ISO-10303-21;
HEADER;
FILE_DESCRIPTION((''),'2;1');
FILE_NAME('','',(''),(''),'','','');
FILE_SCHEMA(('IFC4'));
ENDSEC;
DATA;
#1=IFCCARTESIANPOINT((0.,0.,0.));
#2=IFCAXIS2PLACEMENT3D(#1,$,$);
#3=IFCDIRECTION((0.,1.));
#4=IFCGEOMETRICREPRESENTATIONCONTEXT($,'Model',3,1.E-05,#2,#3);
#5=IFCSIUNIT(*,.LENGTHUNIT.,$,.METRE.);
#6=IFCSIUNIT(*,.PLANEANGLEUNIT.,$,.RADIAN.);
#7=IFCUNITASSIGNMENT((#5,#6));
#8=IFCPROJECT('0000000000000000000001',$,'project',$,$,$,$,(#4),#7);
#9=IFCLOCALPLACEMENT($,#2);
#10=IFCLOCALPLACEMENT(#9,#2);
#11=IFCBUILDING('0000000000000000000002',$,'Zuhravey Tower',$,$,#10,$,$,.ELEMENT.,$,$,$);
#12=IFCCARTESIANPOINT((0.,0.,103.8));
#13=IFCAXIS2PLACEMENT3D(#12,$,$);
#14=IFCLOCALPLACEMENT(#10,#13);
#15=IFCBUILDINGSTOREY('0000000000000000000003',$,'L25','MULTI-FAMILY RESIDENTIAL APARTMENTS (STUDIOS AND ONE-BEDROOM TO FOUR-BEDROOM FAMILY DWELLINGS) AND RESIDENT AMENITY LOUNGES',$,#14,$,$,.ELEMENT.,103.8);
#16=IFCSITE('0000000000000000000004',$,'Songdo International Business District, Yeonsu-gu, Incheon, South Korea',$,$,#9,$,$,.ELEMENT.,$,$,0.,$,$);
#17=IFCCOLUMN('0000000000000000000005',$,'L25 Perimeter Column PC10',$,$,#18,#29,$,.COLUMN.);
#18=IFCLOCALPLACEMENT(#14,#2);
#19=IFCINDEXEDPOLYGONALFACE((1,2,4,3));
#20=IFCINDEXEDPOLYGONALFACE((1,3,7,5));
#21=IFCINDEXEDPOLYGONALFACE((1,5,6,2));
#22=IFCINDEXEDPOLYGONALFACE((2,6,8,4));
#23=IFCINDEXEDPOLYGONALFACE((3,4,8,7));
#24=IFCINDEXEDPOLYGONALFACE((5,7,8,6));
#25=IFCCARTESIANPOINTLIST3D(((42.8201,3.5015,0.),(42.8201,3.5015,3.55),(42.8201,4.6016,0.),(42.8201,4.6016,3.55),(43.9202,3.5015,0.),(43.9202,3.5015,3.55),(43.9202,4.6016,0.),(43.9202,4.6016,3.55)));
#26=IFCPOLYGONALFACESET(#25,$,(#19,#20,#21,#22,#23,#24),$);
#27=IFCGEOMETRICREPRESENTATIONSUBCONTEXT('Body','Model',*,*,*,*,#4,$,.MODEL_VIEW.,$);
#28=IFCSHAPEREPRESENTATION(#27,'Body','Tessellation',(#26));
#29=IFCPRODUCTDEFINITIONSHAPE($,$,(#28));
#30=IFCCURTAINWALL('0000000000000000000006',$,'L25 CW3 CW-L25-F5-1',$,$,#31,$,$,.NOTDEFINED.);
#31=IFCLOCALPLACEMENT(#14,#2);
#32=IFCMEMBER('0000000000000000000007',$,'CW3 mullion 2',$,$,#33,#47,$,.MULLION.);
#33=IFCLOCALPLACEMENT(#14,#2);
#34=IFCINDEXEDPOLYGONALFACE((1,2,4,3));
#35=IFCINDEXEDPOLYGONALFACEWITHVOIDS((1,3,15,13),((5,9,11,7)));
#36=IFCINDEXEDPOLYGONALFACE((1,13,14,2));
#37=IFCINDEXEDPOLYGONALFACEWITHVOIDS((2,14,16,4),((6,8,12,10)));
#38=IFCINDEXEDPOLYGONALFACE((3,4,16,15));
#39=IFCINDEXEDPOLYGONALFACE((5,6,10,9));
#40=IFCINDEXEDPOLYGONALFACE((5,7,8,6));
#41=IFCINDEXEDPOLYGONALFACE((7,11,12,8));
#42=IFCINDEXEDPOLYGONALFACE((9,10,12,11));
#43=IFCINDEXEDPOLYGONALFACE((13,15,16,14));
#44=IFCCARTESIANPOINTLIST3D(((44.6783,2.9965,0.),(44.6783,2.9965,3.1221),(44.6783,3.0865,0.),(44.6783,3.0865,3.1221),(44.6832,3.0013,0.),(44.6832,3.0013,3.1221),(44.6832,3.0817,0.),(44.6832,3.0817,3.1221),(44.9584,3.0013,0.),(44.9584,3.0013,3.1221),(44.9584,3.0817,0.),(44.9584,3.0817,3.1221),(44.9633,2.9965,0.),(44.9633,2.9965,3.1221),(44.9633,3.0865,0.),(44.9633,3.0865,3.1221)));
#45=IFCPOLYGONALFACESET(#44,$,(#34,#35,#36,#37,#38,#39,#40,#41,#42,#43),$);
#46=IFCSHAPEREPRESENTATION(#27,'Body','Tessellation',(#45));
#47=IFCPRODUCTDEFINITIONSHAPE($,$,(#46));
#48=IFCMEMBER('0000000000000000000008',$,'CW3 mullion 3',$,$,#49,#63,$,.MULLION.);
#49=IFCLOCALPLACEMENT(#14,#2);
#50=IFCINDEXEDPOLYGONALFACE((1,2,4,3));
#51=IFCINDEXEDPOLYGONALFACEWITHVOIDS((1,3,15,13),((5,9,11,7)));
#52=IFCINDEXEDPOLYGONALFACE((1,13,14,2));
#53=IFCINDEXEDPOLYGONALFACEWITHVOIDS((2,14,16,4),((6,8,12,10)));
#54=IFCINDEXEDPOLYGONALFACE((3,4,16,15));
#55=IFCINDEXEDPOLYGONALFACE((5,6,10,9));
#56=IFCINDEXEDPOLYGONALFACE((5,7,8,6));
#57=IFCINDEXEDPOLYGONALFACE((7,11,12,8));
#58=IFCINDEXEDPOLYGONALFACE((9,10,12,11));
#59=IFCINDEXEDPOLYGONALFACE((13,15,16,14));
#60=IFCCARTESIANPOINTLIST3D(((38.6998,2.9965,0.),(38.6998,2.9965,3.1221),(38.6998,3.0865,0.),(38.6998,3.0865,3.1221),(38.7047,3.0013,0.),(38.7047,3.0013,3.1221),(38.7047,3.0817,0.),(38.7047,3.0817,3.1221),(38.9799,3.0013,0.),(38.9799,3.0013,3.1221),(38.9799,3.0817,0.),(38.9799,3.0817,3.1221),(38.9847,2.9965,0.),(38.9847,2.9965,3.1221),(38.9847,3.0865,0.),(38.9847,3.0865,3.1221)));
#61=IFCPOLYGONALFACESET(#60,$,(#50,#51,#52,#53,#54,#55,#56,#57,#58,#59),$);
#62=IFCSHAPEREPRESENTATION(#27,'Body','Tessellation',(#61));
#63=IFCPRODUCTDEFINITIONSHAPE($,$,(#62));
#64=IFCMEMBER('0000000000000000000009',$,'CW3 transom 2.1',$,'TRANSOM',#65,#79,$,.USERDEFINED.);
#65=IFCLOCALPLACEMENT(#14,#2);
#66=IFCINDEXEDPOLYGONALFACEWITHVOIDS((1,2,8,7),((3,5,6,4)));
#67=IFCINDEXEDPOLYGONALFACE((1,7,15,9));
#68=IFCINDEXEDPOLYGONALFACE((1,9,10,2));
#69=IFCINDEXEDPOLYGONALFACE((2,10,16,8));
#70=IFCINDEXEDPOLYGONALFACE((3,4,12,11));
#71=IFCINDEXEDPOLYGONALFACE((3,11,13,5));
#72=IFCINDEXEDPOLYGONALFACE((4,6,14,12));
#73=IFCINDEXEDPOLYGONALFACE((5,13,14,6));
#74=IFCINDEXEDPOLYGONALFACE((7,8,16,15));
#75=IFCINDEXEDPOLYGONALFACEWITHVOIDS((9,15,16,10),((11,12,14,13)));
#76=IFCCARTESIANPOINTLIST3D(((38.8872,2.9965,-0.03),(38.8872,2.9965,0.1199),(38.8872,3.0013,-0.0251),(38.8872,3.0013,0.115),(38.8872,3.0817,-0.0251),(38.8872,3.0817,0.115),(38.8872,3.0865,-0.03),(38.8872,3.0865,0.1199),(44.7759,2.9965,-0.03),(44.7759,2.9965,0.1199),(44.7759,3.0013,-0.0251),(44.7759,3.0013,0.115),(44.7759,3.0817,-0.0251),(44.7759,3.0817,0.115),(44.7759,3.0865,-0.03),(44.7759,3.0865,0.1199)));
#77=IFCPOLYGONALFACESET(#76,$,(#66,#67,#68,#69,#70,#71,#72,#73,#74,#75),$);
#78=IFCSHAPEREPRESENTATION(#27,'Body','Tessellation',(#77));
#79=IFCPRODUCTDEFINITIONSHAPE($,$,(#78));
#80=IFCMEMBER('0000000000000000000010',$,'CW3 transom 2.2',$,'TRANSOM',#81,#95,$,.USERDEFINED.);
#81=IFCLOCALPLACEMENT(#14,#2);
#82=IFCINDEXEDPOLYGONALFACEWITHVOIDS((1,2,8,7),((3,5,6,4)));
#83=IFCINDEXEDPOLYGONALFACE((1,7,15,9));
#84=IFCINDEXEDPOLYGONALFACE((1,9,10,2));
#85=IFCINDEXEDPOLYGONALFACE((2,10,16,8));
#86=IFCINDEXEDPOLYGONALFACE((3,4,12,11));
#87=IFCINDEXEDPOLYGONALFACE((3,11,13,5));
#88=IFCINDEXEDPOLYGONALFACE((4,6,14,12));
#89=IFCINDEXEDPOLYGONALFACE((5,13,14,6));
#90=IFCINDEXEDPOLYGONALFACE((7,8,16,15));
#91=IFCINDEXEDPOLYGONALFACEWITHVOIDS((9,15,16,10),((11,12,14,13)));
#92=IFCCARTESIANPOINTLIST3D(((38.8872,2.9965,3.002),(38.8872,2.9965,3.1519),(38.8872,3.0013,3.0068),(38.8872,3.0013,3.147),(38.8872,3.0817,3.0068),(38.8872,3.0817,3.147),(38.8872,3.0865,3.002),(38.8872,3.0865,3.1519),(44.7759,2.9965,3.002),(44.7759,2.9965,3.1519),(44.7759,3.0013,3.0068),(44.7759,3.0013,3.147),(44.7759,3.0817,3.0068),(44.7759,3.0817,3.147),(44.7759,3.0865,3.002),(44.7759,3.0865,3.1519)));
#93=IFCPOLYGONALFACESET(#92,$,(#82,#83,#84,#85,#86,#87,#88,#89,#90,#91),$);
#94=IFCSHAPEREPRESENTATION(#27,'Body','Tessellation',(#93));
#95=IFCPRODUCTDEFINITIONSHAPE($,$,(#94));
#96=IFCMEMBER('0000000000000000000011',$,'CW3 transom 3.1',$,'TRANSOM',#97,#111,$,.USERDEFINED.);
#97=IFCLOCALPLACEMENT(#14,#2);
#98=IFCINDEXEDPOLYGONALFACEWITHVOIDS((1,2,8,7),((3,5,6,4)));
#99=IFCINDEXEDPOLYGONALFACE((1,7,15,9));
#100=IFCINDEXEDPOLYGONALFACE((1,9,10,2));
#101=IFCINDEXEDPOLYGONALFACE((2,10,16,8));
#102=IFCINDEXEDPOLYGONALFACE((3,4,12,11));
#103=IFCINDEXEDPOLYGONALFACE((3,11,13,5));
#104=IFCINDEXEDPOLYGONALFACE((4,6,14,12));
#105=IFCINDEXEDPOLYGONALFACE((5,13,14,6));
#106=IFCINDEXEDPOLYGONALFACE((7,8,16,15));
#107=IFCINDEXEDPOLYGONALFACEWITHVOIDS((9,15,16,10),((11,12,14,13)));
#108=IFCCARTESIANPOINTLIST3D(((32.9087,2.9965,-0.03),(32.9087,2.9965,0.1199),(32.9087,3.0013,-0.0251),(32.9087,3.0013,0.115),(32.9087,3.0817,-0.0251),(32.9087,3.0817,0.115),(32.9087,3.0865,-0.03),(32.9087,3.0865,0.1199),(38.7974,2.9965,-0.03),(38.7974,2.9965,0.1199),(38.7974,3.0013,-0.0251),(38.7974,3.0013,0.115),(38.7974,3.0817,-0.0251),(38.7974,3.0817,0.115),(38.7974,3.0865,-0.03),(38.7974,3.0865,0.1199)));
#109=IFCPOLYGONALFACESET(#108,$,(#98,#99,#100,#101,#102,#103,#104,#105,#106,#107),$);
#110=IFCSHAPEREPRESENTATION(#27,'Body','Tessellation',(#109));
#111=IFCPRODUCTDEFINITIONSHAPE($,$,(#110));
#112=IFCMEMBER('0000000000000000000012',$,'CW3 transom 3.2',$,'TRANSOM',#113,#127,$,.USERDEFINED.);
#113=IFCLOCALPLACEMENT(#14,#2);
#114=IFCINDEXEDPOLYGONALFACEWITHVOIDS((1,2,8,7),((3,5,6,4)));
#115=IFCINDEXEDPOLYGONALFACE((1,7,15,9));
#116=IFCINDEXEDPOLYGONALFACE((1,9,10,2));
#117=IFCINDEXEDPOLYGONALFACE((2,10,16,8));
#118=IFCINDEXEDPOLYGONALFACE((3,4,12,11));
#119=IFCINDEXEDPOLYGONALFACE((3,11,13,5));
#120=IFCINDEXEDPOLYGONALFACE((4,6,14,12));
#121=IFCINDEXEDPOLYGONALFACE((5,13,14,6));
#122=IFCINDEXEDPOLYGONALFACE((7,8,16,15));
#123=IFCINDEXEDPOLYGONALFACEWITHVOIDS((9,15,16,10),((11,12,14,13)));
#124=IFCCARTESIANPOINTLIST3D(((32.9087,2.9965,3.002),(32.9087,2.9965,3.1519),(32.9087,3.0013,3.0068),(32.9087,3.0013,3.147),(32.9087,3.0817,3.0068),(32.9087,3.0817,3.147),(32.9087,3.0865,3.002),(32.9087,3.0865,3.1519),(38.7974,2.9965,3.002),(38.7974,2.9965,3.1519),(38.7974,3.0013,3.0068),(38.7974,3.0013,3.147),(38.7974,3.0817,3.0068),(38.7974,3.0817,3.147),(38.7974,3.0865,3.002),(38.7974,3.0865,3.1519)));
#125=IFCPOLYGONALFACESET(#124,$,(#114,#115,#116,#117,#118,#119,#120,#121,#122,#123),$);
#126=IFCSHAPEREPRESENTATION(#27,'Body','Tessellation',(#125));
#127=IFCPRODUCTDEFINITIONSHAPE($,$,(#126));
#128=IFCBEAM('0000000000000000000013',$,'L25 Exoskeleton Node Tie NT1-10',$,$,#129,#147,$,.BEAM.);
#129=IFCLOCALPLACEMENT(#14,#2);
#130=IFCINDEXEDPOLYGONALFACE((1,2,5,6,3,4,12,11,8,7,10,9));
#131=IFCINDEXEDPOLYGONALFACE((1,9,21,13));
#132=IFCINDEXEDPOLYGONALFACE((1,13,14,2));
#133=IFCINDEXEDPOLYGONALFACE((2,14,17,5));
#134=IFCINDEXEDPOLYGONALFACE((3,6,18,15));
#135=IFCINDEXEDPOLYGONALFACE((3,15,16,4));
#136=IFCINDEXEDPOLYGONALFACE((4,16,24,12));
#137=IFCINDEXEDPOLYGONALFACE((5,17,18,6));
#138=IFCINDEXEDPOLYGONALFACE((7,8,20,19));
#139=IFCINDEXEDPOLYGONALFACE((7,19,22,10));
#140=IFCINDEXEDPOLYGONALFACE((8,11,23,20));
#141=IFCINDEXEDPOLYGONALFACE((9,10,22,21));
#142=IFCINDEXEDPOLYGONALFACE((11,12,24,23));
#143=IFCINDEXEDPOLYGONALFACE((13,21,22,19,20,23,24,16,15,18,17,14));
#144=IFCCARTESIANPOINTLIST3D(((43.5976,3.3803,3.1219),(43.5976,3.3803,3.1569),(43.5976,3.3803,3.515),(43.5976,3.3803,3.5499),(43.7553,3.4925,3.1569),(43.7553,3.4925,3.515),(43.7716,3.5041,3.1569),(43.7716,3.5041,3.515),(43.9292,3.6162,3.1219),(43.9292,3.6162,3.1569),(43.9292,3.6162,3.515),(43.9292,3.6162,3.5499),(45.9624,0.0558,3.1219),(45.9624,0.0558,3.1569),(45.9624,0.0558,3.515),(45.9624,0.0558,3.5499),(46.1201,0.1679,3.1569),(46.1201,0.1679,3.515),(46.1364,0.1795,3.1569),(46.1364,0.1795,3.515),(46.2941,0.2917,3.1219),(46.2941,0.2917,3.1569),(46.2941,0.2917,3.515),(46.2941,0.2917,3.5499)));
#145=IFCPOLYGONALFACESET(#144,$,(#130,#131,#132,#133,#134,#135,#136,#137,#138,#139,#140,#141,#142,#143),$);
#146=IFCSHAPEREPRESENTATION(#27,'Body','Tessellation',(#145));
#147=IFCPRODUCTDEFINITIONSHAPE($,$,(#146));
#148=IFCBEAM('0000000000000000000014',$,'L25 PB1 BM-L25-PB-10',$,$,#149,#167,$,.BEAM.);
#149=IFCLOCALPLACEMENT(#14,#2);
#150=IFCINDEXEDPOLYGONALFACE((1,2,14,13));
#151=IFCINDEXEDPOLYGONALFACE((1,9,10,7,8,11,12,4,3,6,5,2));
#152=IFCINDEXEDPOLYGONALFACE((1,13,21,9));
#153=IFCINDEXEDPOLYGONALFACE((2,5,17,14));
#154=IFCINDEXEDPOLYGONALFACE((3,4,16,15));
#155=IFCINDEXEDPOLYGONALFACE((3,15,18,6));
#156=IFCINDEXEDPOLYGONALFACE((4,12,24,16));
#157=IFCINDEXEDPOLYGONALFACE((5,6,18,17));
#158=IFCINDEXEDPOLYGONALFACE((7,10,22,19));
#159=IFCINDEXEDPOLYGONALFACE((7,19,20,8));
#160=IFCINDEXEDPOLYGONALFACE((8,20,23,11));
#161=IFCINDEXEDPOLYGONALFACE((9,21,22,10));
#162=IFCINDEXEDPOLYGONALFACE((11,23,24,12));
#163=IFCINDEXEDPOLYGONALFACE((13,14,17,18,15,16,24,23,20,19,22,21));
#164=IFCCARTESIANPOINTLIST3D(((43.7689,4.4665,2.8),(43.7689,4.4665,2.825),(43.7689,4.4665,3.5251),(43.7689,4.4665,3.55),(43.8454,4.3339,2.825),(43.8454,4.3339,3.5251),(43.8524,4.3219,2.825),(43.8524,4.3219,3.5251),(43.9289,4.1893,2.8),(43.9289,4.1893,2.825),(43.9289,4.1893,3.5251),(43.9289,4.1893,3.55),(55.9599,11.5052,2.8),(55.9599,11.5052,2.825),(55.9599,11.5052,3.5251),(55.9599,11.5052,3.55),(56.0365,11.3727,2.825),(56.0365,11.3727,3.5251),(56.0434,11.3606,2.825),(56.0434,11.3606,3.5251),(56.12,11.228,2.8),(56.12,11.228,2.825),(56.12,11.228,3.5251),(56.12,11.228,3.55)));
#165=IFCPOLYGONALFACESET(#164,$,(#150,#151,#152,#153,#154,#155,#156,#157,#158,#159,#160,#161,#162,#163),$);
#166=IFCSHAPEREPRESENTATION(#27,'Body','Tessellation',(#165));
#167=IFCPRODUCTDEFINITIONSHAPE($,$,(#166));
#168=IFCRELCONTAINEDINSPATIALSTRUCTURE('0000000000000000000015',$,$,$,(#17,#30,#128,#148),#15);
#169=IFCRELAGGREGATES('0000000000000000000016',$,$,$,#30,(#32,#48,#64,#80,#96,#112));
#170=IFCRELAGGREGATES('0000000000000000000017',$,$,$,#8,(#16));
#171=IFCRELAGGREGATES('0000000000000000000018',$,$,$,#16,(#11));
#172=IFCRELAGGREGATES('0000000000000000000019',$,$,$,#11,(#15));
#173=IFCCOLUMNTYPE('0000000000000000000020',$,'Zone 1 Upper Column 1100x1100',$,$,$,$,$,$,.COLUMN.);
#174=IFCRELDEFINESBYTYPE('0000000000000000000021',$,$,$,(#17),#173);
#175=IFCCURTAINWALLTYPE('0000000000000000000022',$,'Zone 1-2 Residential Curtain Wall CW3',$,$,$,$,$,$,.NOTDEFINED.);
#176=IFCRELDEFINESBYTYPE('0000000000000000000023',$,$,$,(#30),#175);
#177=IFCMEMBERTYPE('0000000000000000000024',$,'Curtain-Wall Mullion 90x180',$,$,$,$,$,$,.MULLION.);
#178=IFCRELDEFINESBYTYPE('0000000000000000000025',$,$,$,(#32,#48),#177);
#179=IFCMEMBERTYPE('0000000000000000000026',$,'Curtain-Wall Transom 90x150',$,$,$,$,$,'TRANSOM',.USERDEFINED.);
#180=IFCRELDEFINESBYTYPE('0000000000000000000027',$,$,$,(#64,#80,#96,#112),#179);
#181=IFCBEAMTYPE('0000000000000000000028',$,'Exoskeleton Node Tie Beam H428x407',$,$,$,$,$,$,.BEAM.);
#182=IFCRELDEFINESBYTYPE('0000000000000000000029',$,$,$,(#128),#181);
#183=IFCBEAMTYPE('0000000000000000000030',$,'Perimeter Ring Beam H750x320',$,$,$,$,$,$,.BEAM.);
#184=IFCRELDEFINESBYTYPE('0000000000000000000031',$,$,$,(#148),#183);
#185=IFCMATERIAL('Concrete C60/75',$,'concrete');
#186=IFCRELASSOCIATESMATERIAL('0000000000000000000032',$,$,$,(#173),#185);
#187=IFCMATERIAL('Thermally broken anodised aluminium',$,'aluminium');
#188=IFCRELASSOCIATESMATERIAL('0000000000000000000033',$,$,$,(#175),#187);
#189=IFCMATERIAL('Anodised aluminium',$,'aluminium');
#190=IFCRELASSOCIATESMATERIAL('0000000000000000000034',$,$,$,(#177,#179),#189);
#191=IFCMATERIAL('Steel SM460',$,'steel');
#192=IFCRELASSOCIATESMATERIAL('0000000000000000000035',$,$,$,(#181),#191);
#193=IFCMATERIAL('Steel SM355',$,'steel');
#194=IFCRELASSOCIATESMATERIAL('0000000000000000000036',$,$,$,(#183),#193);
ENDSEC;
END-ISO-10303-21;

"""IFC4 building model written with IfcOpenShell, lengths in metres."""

from ifc_helpers import new_model, si_unit, direction, frame, origin, origin_2d, place, context, subcontext, project, spatial, rectangle, hollow_rectangle, i_section, extrude, material, material_profile, profile_set, type_object, element, aggregate, save


model = new_model("IFC4")

# Units and contexts
model_context = context("Model", 3, precision=1e-05, world=origin(), true_north=direction((0.0, 1.0)))
body_context = subcontext(model_context, "Body", "Model", "MODEL_VIEW")
ifc_project = project(units=[si_unit("LENGTHUNIT", "METRE"), si_unit("PLANEANGLEUNIT", "RADIAN")], contexts=[model_context])

# Site, building, storey
site_placement = place(None, origin())
site = spatial("IfcSite", under=ifc_project, at=site_placement, Name="Songdo International Business District, Yeonsu-gu, Incheon, South Korea", CompositionType="ELEMENT", RefElevation=0.0)
building_placement = place(site_placement, origin())
building = spatial("IfcBuilding", under=site, at=building_placement, Name="Zuhravey Tower", CompositionType="ELEMENT")
storey_placement = place(building_placement, frame((0.0, 0.0, 103.8)))
storey = spatial("IfcBuildingStorey", under=building, at=storey_placement, Name="L25", Description="MULTI-FAMILY RESIDENTIAL APARTMENTS (STUDIOS AND ONE-BEDROOM TO FOUR-BEDROOM FAMILY DWELLINGS) AND RESIDENT AMENITY LOUNGES", CompositionType="ELEMENT", Elevation=103.8)

# Column
ifc_material_1 = material(Name="Concrete C60/75", Category="concrete")
ifc_material_profile_1 = material_profile(ifc_material_1, rectangle(XDim=1.1001, YDim=1.1001, at=origin_2d()), Name="RC-1100x1100")
ifc_profile_set_1 = profile_set([ifc_material_profile_1], Name="Concrete C60/75")
column_type = type_object("IfcColumnType", Name="Zone 1 Upper Column 1100x1100", PredefinedType="COLUMN", material=ifc_profile_set_1)
column_placement = place(storey_placement, frame((43.3701, 4.0515, 0.0), z_axis=(0.0, 0.0, 1.0), x_axis=(1.0, 0.0, 0.0)))
element("IfcColumn", 1, at=column_placement, inside=storey, type_object=column_type, Name="L25 Perimeter Column PC10", PredefinedType="COLUMN", context=body_context, shape_type="SweptSolid", body=[
    extrude(rectangle(XDim=1.1001, YDim=1.1001, at=origin_2d()), origin(), (0.0, 0.0, 1.0), 3.55),
])

# Curtain wall, members
ifc_material_2 = material(Name="Thermally broken anodised aluminium", Category="aluminium")
curtain_wall_type = type_object("IfcCurtainWallType", Name="Zone 1-2 Residential Curtain Wall CW3", PredefinedType="NOTDEFINED", material=ifc_material_2)
curtain_wall_placement = place(storey_placement, origin())
curtain_wall = element("IfcCurtainWall", 2, at=curtain_wall_placement, inside=storey, type_object=curtain_wall_type, Name="L25 CW3 CW-L25-F5-1", PredefinedType="NOTDEFINED")
ifc_material_3 = material(Name="Anodised aluminium", Category="aluminium")
ifc_material_profile_2 = material_profile(ifc_material_3, hollow_rectangle(XDim=0.0901, YDim=0.2849, WallThickness=0.0049, at=origin_2d()), Name="ALU-RHS-90x285x5")
ifc_profile_set_2 = profile_set([ifc_material_profile_2], Name="Anodised aluminium")
member_type_1 = type_object("IfcMemberType", Name="Curtain-Wall Mullion 90x180", PredefinedType="MULLION", material=ifc_profile_set_2)
member_1_placement = place(storey_placement, frame((44.8208, 3.0415, 0.0), z_axis=(0.0, 0.0, 1.0), x_axis=(0.0, -1.0, 0.0)))
member_1 = element("IfcMember", 3, at=member_1_placement, type_object=member_type_1, Name="CW3 mullion 2", PredefinedType="MULLION", context=body_context, shape_type="SweptSolid", body=[
    extrude(hollow_rectangle(XDim=0.0901, YDim=0.2849, WallThickness=0.0049, at=origin_2d()), origin(), (0.0, 0.0, 1.0), 3.1221),
])
member_2_placement = place(storey_placement, frame((38.8423, 3.0415, 0.0), z_axis=(0.0, 0.0, 1.0), x_axis=(0.0, -1.0, 0.0)))
member_2 = element("IfcMember", 4, at=member_2_placement, type_object=member_type_1, Name="CW3 mullion 3", PredefinedType="MULLION", context=body_context, shape_type="SweptSolid", body=[
    extrude(hollow_rectangle(XDim=0.0901, YDim=0.2849, WallThickness=0.0049, at=origin_2d()), origin(), (0.0, 0.0, 1.0), 3.1221),
])
ifc_material_profile_3 = material_profile(ifc_material_3, hollow_rectangle(XDim=0.0901, YDim=0.1499, WallThickness=0.0049, at=origin_2d()), Name="ALU-RHS-90x150x5")
ifc_profile_set_3 = profile_set([ifc_material_profile_3], Name="Anodised aluminium")
member_type_2 = type_object("IfcMemberType", Name="Curtain-Wall Transom 90x150", ElementType="TRANSOM", PredefinedType="USERDEFINED", material=ifc_profile_set_3)
member_3_placement = place(storey_placement, frame((44.7759, 3.0415, 0.0449), z_axis=(-1.0, 0.0, 0.0), x_axis=(0.0, -1.0, 0.0)))
member_3 = element("IfcMember", 5, at=member_3_placement, type_object=member_type_2, Name="CW3 transom 2.1", ObjectType="TRANSOM", PredefinedType="USERDEFINED", context=body_context, shape_type="SweptSolid", body=[
    extrude(hollow_rectangle(XDim=0.0901, YDim=0.1499, WallThickness=0.0049, at=origin_2d()), origin(), (0.0, 0.0, 1.0), 5.8887),
])
member_4_placement = place(storey_placement, frame((44.7759, 3.0415, 3.0769), z_axis=(-1.0, 0.0, 0.0), x_axis=(0.0, -1.0, 0.0)))
member_4 = element("IfcMember", 6, at=member_4_placement, type_object=member_type_2, Name="CW3 transom 2.2", ObjectType="TRANSOM", PredefinedType="USERDEFINED", context=body_context, shape_type="SweptSolid", body=[
    extrude(hollow_rectangle(XDim=0.0901, YDim=0.1499, WallThickness=0.0049, at=origin_2d()), origin(), (0.0, 0.0, 1.0), 5.8887),
])
member_5_placement = place(storey_placement, frame((38.7974, 3.0415, 0.0449), z_axis=(-1.0, 0.0, 0.0), x_axis=(0.0, -1.0, 0.0)))
member_5 = element("IfcMember", 7, at=member_5_placement, type_object=member_type_2, Name="CW3 transom 3.1", ObjectType="TRANSOM", PredefinedType="USERDEFINED", context=body_context, shape_type="SweptSolid", body=[
    extrude(hollow_rectangle(XDim=0.0901, YDim=0.1499, WallThickness=0.0049, at=origin_2d()), origin(), (0.0, 0.0, 1.0), 5.8887),
])
member_6_placement = place(storey_placement, frame((38.7974, 3.0415, 3.0769), z_axis=(-1.0, 0.0, 0.0), x_axis=(0.0, -1.0, 0.0)))
member_6 = element("IfcMember", 8, at=member_6_placement, type_object=member_type_2, Name="CW3 transom 3.2", ObjectType="TRANSOM", PredefinedType="USERDEFINED", context=body_context, shape_type="SweptSolid", body=[
    extrude(hollow_rectangle(XDim=0.0901, YDim=0.1499, WallThickness=0.0049, at=origin_2d()), origin(), (0.0, 0.0, 1.0), 5.8887),
])

# Beams
ifc_material_4 = material(Name="Steel SM460", Category="steel")
ifc_material_profile_4 = material_profile(ifc_material_4, i_section(OverallWidth=0.407, OverallDepth=0.428, WebThickness=0.02, FlangeThickness=0.0349, at=origin_2d()), Name="H-428x407x20x35")
ifc_profile_set_4 = profile_set([ifc_material_profile_4], Name="Steel SM460")
beam_type_1 = type_object("IfcBeamType", Name="Exoskeleton Node Tie Beam H428x407", PredefinedType="BEAM", material=ifc_profile_set_4)
beam_1_placement = place(storey_placement, frame((43.7634, 3.4983, 3.3359), z_axis=(0.579635, -0.814876, 0.0), x_axis=(0.814876, 0.579635, 0.0)))
element("IfcBeam", 9, at=beam_1_placement, inside=storey, type_object=beam_type_1, Name="L25 Exoskeleton Node Tie NT1-10", PredefinedType="BEAM", context=body_context, shape_type="SweptSolid", body=[
    extrude(i_section(OverallWidth=0.407, OverallDepth=0.428, WebThickness=0.02, FlangeThickness=0.0349, at=origin_2d()), origin(), (0.0, 0.0, 1.0), 4.0798),
])
ifc_material_5 = material(Name="Steel SM355", Category="steel")
ifc_material_profile_5 = material_profile(ifc_material_5, i_section(OverallWidth=0.3201, OverallDepth=0.75, WebThickness=0.0139, FlangeThickness=0.0249, at=origin_2d()), Name="H-750x320x14x25")
ifc_profile_set_5 = profile_set([ifc_material_profile_5], Name="Steel SM355")
beam_type_2 = type_object("IfcBeamType", Name="Perimeter Ring Beam H750x320", PredefinedType="BEAM", material=ifc_profile_set_5)
beam_2_placement = place(storey_placement, frame((43.8489, 4.3279, 3.175), z_axis=(0.866018, 0.500013, 0.0), x_axis=(-0.500013, 0.866018, 0.0)))
element("IfcBeam", 10, at=beam_2_placement, inside=storey, type_object=beam_type_2, Name="L25 PB1 BM-L25-PB-10", PredefinedType="BEAM", context=body_context, shape_type="SweptSolid", body=[
    extrude(i_section(OverallWidth=0.3201, OverallDepth=0.75, WebThickness=0.0139, FlangeThickness=0.0249, at=origin_2d()), origin(), (0.0, 0.0, 1.0), 14.0771),
])

aggregate(curtain_wall, [member_1, member_2, member_3, member_4, member_5, member_6])

save(model, "model.ifc")
